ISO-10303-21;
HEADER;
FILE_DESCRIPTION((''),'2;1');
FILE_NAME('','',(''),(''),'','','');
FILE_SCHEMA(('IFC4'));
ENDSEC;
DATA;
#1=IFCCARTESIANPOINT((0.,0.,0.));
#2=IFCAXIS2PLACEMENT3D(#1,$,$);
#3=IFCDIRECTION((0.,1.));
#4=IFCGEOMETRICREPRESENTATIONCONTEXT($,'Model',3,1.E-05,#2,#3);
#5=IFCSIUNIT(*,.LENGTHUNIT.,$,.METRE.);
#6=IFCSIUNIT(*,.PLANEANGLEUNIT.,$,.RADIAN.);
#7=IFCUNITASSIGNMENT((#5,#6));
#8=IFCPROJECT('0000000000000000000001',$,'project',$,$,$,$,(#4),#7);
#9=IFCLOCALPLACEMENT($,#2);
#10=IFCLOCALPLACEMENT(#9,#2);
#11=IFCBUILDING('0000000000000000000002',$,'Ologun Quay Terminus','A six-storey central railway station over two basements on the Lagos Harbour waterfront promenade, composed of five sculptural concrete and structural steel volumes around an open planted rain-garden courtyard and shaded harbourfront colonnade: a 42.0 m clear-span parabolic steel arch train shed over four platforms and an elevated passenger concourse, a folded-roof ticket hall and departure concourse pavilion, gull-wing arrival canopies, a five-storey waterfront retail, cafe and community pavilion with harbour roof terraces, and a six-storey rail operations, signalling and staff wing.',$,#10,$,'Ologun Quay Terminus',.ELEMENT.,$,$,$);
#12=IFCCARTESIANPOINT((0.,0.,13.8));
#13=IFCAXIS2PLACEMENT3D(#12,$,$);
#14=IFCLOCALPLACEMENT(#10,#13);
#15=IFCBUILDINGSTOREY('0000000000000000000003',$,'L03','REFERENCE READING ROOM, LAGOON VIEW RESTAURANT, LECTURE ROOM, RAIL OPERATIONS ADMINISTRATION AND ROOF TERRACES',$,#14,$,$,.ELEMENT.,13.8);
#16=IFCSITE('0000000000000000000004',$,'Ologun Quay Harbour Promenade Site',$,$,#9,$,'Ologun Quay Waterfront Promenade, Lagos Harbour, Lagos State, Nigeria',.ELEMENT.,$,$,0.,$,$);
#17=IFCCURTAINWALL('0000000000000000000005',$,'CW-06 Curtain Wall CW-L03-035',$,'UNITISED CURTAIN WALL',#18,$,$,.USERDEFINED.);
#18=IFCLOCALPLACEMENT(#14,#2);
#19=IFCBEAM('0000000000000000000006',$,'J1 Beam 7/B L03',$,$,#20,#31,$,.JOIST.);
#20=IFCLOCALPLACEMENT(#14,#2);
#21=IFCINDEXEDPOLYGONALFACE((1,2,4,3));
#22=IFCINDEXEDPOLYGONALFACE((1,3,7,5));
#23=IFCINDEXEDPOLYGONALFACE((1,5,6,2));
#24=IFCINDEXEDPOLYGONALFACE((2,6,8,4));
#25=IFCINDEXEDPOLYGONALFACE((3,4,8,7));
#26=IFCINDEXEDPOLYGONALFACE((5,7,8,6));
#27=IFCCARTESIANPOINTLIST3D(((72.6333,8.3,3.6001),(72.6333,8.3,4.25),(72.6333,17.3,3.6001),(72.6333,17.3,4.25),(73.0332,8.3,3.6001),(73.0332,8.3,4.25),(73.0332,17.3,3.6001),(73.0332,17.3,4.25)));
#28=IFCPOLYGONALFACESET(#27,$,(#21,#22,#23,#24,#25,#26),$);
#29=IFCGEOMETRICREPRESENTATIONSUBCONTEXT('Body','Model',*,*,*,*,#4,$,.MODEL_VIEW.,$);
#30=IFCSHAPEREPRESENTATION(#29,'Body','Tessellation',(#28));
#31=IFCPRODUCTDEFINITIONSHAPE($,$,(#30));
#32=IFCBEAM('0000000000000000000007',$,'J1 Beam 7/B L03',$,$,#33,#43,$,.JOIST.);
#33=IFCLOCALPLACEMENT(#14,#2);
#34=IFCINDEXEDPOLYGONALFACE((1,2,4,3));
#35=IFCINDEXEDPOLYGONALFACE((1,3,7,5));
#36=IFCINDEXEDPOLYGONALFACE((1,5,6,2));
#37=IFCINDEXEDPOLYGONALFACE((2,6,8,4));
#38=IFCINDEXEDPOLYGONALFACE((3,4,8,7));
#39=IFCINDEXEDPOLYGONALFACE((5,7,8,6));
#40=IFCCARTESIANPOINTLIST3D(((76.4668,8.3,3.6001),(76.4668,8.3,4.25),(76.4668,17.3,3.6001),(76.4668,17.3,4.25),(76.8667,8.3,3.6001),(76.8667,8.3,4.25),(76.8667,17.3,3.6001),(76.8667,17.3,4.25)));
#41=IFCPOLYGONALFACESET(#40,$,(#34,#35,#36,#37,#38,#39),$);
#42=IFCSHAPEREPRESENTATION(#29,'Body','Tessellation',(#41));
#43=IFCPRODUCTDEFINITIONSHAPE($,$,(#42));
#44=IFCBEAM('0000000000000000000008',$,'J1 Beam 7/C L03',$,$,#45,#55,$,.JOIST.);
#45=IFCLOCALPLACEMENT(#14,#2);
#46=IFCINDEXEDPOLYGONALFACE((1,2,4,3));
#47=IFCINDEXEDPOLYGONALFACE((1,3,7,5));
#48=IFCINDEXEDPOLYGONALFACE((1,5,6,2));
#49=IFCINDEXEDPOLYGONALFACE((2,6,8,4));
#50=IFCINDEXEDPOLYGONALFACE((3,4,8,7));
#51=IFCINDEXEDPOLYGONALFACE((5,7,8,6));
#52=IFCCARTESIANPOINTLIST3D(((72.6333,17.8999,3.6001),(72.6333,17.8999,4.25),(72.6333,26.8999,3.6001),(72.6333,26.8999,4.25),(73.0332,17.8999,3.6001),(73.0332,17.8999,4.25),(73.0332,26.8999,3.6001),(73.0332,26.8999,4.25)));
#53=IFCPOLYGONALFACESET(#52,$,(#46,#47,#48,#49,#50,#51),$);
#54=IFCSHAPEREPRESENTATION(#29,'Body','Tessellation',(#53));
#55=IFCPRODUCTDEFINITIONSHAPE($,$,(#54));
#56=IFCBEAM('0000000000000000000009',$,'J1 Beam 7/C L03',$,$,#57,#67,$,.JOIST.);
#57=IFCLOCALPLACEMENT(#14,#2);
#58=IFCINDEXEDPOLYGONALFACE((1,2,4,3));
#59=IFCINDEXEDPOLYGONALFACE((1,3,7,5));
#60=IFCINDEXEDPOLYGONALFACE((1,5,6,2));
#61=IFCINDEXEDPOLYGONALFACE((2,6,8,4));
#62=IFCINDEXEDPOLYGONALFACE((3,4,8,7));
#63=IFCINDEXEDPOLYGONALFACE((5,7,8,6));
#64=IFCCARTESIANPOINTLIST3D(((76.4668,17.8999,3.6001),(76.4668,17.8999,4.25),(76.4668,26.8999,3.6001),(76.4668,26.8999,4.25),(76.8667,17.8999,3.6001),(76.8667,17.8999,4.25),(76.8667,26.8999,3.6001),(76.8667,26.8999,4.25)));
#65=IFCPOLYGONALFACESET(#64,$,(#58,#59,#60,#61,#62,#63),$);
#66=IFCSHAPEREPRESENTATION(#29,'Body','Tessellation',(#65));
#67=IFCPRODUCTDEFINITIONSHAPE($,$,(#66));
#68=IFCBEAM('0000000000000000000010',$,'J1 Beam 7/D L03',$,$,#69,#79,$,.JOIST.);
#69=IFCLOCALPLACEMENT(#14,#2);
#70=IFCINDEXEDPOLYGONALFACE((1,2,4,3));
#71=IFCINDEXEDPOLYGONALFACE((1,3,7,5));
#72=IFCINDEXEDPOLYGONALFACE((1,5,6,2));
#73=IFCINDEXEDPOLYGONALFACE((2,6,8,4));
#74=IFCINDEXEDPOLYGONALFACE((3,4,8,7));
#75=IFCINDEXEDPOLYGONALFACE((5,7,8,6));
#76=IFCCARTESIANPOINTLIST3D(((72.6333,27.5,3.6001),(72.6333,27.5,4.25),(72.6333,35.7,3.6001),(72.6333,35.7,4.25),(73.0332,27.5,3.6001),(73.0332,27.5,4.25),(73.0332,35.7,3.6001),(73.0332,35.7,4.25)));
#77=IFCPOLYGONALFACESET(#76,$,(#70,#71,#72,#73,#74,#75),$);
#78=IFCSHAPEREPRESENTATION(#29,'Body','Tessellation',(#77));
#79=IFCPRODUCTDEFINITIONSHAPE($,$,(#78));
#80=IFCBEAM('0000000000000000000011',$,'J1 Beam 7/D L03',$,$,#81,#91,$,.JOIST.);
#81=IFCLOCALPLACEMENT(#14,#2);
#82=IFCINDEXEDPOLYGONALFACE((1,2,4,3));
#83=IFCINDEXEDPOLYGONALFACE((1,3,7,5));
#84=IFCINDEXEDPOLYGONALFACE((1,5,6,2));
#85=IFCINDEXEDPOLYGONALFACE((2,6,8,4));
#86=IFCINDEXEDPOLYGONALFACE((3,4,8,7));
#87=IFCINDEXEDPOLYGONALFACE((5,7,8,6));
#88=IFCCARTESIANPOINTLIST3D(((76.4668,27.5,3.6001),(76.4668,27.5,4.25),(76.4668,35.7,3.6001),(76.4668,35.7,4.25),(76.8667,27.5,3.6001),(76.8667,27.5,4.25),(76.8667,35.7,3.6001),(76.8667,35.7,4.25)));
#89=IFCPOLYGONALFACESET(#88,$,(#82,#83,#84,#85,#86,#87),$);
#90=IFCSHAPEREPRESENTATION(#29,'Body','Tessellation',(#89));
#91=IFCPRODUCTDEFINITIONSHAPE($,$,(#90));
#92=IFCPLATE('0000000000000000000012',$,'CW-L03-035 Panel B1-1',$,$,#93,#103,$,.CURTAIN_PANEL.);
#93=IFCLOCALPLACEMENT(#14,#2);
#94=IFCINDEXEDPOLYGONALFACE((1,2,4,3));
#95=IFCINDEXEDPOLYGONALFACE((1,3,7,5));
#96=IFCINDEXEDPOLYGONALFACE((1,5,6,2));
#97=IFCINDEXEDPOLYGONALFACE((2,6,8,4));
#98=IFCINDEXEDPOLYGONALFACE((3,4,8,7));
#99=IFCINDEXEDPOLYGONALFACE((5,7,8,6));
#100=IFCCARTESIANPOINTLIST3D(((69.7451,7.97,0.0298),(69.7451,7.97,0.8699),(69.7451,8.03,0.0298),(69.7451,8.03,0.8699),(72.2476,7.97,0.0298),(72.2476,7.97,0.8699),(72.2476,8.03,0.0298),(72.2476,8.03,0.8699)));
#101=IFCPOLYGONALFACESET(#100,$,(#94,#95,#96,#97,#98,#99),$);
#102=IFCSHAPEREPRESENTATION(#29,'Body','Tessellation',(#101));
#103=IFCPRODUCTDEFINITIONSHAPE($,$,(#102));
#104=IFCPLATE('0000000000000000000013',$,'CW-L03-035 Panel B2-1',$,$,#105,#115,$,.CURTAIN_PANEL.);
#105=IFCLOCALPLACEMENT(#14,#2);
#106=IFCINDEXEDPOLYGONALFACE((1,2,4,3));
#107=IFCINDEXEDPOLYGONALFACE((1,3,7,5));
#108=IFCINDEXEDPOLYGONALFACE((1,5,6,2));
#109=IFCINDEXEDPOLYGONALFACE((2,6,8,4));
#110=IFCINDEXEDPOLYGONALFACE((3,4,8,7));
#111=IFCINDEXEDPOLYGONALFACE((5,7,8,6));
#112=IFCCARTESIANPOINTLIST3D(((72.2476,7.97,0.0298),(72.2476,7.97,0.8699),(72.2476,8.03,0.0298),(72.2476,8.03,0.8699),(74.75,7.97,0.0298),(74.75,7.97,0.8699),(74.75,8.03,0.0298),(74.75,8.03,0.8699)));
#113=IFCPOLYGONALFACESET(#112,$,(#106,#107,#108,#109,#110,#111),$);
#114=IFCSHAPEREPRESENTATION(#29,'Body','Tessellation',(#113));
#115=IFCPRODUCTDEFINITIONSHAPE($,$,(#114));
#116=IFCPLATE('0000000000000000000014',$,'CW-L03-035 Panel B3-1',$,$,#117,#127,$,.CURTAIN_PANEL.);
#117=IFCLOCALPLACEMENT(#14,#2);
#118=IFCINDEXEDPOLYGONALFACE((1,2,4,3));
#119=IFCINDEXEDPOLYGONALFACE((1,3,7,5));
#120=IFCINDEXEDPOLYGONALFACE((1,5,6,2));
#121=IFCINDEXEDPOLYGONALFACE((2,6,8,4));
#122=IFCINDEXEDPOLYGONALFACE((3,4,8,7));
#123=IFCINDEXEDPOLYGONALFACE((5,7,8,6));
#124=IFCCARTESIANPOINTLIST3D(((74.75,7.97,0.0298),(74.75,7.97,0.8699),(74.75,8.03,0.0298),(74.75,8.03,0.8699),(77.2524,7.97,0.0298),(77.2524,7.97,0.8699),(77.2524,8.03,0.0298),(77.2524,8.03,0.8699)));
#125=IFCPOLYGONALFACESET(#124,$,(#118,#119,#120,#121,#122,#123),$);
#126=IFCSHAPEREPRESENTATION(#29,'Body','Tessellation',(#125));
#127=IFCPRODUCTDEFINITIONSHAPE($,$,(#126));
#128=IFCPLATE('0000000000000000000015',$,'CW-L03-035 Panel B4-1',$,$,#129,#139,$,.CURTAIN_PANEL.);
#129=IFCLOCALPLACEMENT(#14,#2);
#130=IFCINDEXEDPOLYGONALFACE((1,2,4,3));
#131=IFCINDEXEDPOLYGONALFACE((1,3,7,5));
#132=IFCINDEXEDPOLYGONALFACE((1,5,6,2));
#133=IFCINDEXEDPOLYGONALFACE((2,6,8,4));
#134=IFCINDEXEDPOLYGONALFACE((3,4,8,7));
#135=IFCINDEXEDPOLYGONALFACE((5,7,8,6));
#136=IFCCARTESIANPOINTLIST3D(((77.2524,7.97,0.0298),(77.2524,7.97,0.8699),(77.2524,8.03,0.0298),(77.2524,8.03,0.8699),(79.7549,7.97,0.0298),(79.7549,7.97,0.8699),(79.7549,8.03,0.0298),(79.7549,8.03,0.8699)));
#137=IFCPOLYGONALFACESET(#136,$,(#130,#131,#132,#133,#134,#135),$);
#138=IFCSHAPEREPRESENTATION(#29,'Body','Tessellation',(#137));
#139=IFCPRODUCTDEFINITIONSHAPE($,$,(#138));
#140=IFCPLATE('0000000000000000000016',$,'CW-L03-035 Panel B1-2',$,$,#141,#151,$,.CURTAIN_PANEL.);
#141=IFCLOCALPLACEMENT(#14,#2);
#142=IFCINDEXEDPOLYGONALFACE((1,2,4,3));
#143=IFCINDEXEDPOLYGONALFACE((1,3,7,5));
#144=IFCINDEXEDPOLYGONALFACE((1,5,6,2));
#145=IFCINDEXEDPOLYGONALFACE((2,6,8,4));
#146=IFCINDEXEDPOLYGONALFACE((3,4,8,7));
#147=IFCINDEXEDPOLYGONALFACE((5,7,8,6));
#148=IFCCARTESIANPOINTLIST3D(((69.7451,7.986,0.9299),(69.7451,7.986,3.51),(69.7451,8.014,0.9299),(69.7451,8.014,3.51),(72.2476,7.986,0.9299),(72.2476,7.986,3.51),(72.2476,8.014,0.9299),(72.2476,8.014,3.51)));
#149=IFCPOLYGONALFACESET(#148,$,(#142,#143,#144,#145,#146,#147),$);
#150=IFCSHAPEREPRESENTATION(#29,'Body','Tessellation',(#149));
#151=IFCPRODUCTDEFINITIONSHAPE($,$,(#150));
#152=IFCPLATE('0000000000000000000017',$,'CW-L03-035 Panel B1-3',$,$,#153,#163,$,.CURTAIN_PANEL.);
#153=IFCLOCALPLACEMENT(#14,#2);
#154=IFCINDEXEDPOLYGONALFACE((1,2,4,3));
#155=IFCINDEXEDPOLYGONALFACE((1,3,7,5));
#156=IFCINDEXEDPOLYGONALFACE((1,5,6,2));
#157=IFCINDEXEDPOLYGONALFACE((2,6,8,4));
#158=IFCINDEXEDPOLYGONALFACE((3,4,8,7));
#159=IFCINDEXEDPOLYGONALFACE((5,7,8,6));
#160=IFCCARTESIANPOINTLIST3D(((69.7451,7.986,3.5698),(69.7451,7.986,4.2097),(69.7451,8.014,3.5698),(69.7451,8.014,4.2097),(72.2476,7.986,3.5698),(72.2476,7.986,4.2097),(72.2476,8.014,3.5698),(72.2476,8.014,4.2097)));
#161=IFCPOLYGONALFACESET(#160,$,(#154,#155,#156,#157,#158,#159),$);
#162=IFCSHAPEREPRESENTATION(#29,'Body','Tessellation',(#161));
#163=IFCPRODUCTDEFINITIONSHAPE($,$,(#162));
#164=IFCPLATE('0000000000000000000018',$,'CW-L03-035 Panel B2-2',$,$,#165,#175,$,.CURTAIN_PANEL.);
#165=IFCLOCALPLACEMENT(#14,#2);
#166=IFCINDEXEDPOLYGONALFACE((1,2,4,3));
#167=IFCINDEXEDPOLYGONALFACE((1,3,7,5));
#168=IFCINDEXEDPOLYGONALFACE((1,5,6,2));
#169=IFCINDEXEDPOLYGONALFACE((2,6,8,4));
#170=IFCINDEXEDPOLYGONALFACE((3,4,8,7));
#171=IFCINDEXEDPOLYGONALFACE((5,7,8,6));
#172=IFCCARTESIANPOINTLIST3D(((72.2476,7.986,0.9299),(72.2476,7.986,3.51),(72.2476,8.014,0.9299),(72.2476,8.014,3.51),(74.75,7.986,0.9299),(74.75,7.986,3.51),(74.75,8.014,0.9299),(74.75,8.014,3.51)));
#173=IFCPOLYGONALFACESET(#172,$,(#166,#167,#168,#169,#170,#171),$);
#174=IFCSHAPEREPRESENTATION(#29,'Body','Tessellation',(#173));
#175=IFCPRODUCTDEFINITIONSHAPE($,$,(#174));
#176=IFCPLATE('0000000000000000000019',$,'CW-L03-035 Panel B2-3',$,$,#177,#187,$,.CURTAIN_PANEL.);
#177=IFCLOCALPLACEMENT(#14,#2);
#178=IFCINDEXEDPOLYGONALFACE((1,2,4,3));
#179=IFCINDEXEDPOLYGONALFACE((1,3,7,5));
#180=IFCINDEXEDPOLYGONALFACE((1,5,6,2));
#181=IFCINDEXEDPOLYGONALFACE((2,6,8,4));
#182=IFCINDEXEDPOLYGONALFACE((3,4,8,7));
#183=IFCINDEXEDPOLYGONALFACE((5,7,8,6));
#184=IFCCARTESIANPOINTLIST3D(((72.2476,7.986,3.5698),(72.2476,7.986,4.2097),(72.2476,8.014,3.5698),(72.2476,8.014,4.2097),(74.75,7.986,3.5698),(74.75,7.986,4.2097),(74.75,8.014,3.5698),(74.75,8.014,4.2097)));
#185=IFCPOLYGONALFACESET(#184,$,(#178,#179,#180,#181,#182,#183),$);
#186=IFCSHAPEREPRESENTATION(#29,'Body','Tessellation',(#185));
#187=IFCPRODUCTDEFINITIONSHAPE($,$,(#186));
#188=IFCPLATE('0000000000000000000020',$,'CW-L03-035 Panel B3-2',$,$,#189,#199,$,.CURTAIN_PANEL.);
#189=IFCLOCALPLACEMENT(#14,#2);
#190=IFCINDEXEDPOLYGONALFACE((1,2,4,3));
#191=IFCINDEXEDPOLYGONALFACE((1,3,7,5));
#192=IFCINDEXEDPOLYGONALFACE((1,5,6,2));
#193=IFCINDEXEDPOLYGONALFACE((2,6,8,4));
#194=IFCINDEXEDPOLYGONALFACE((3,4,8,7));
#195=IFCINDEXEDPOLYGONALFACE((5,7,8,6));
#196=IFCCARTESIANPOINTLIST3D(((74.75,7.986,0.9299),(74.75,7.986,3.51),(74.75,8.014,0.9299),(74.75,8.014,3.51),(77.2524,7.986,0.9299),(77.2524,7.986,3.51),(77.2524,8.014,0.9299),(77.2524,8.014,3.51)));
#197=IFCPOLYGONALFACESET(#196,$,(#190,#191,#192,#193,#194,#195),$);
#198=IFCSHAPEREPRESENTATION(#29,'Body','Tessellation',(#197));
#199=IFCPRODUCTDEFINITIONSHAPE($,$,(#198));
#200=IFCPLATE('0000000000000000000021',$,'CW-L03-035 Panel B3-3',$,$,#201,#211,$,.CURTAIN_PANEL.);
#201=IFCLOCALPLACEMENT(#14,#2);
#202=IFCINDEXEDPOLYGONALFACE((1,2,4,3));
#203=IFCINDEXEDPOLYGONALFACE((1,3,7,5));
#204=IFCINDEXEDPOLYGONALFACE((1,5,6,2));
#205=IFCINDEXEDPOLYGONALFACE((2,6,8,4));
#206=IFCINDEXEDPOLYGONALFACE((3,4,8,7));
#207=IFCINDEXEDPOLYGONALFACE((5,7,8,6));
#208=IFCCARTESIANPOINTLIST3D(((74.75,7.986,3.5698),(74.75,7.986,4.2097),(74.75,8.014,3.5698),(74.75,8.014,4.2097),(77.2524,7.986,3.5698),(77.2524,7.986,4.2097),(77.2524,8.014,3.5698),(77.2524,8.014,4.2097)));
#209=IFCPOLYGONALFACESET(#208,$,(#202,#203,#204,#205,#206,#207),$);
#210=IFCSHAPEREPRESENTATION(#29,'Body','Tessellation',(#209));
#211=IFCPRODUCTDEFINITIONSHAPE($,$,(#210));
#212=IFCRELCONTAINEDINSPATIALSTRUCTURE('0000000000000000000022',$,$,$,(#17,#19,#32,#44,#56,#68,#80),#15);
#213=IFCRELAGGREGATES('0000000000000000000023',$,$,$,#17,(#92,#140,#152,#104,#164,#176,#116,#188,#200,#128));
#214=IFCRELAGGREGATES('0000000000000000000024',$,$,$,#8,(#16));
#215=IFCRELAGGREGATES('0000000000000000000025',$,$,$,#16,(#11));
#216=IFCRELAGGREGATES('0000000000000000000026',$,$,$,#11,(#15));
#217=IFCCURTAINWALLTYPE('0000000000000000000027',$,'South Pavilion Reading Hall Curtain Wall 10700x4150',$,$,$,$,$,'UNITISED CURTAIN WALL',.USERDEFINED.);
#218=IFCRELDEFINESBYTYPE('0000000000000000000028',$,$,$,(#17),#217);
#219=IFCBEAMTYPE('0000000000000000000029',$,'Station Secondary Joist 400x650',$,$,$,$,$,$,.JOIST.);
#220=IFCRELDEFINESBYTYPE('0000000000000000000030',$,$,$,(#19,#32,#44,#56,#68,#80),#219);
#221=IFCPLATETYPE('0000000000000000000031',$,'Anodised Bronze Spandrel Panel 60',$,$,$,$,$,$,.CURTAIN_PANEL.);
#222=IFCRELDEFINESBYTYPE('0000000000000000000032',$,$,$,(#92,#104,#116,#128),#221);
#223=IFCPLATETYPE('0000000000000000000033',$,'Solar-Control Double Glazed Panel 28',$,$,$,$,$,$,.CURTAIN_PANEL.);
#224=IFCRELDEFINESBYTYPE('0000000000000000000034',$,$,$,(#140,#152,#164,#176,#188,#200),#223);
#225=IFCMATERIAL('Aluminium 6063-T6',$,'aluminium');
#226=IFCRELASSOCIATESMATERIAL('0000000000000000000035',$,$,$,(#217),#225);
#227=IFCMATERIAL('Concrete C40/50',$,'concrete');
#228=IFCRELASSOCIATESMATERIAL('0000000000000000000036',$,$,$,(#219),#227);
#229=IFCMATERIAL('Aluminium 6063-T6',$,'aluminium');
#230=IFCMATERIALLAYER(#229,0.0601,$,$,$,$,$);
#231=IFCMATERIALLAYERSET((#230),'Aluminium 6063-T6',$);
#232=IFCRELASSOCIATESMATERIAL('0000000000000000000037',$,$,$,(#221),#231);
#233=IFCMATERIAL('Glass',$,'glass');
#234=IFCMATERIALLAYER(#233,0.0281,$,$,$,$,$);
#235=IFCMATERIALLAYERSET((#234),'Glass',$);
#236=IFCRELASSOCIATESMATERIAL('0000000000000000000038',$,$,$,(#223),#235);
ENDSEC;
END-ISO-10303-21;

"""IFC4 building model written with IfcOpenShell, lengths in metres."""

from ifc_helpers import new_model, si_unit, direction, frame, origin, origin_2d, place, context, subcontext, project, spatial, rectangle, extrude, material, layer, layer_set, material_profile, profile_set, type_object, element, aggregate, save


model = new_model("IFC4")

# Units and contexts
model_context = context("Model", 3, precision=1e-05, world=origin(), true_north=direction((0.0, 1.0)))
body_context = subcontext(model_context, "Body", "Model", "MODEL_VIEW")
ifc_project = project(units=[si_unit("LENGTHUNIT", "METRE"), si_unit("PLANEANGLEUNIT", "RADIAN")], contexts=[model_context])

# Site, building, storey
site_placement = place(None, origin())
site = spatial("IfcSite", under=ifc_project, at=site_placement, Name="Ologun Quay Harbour Promenade Site", LongName="Ologun Quay Waterfront Promenade, Lagos Harbour, Lagos State, Nigeria", CompositionType="ELEMENT", RefElevation=0.0)
building_placement = place(site_placement, origin())
building = spatial("IfcBuilding", under=site, at=building_placement, Name="Ologun Quay Terminus", Description="A six-storey central railway station over two basements on the Lagos Harbour waterfront promenade, composed of five sculptural concrete and structural steel volumes around an open planted rain-garden courtyard and shaded harbourfront colonnade: a 42.0 m clear-span parabolic steel arch train shed over four platforms and an elevated passenger concourse, a folded-roof ticket hall and departure concourse pavilion, gull-wing arrival canopies, a five-storey waterfront retail, cafe and community pavilion with harbour roof terraces, and a six-storey rail operations, signalling and staff wing.", LongName="Ologun Quay Terminus", CompositionType="ELEMENT")
storey_placement = place(building_placement, frame((0.0, 0.0, 13.8)))
storey = spatial("IfcBuildingStorey", under=building, at=storey_placement, Name="L03", Description="REFERENCE READING ROOM, LAGOON VIEW RESTAURANT, LECTURE ROOM, RAIL OPERATIONS ADMINISTRATION AND ROOF TERRACES", CompositionType="ELEMENT", Elevation=13.8)

# Curtain wall
ifc_material_1 = material(Name="Aluminium 6063-T6", Category="aluminium")
curtain_wall_type = type_object("IfcCurtainWallType", Name="South Pavilion Reading Hall Curtain Wall 10700x4150", ElementType="UNITISED CURTAIN WALL", PredefinedType="USERDEFINED", material=ifc_material_1)
curtain_wall_placement = place(storey_placement, origin())
curtain_wall = element("IfcCurtainWall", 1, at=curtain_wall_placement, inside=storey, type_object=curtain_wall_type, Name="CW-06 Curtain Wall CW-L03-035", ObjectType="UNITISED CURTAIN WALL", PredefinedType="USERDEFINED")

# Beams
ifc_material_2 = material(Name="Concrete C40/50", Category="concrete")
ifc_material_profile_1 = material_profile(ifc_material_2, rectangle(XDim=0.3999, YDim=0.6499, at=origin_2d()), Name="RC 400x650")
ifc_profile_set_1 = profile_set([ifc_material_profile_1], Name="Concrete C40/50")
beam_type_1 = type_object("IfcBeamType", Name="Station Secondary Joist 400x650", PredefinedType="JOIST", material=ifc_profile_set_1)
for number, where, z_axis, x_axis, name in (
    (2, (72.8333, 8.3, 3.925), (0.0, 1.0, 0.0), (-1.0, 0.0, 0.0), "J1 Beam 7/B L03"),
    (3, (76.6667, 8.3, 3.925), (0.0, 1.0, 0.0), (-1.0, 0.0, 0.0), "J1 Beam 7/B L03"),
    (4, (72.8333, 17.8999, 3.925), (0.0, 1.0, 0.0), (-1.0, 0.0, 0.0), "J1 Beam 7/C L03"),
    (5, (76.6667, 17.8999, 3.925), (0.0, 1.0, 0.0), (-1.0, 0.0, 0.0), "J1 Beam 7/C L03"),
):
    element("IfcBeam", number, at=place(storey_placement, frame(where, z_axis=z_axis, x_axis=x_axis)), inside=storey, type_object=beam_type_1, Name=name, PredefinedType="JOIST", context=body_context, shape_type="SweptSolid", body=[
        extrude(rectangle(XDim=0.3999, YDim=0.6499, at=origin_2d()), origin(), (0.0, 0.0, 1.0), 9.0),
    ])
for number, where, z_axis, x_axis, name in (
    (6, (72.8333, 27.5, 3.925), (0.0, 1.0, 0.0), (-1.0, 0.0, 0.0), "J1 Beam 7/D L03"),
    (7, (76.6667, 27.5, 3.925), (0.0, 1.0, 0.0), (-1.0, 0.0, 0.0), "J1 Beam 7/D L03"),
):
    element("IfcBeam", number, at=place(storey_placement, frame(where, z_axis=z_axis, x_axis=x_axis)), inside=storey, type_object=beam_type_1, Name=name, PredefinedType="JOIST", context=body_context, shape_type="SweptSolid", body=[
        extrude(rectangle(XDim=0.3999, YDim=0.6499, at=origin_2d()), origin(), (0.0, 0.0, 1.0), 8.2),
    ])

# Plates
ifc_material_3 = material(Name="Aluminium 6063-T6", Category="aluminium")
ifc_layer_1 = layer(ifc_material_3, 0.0601)
ifc_layer_set_1 = layer_set([ifc_layer_1], Name="Aluminium 6063-T6")
plate_type_1 = type_object("IfcPlateType", Name="Anodised Bronze Spandrel Panel 60", PredefinedType="CURTAIN_PANEL", material=ifc_layer_set_1)
plate_1_placement = place(storey_placement, frame((70.9963, 8.0, 0.0298), z_axis=(0.0, 0.0, 1.0), x_axis=(1.0, 0.0, 0.0)))
plate_1 = element("IfcPlate", 8, at=plate_1_placement, type_object=plate_type_1, Name="CW-L03-035 Panel B1-1", PredefinedType="CURTAIN_PANEL", context=body_context, shape_type="SweptSolid", body=[
    extrude(rectangle(XDim=2.5024, YDim=0.0601, at=origin_2d()), origin(), (0.0, 0.0, 1.0), 0.8401),
])
plate_2_placement = place(storey_placement, frame((73.4988, 8.0, 0.0298), z_axis=(0.0, 0.0, 1.0), x_axis=(1.0, 0.0, 0.0)))
plate_2 = element("IfcPlate", 9, at=plate_2_placement, type_object=plate_type_1, Name="CW-L03-035 Panel B2-1", PredefinedType="CURTAIN_PANEL", context=body_context, shape_type="SweptSolid", body=[
    extrude(rectangle(XDim=2.5024, YDim=0.0601, at=origin_2d()), origin(), (0.0, 0.0, 1.0), 0.8401),
])
plate_3_placement = place(storey_placement, frame((76.0012, 8.0, 0.0298), z_axis=(0.0, 0.0, 1.0), x_axis=(1.0, 0.0, 0.0)))
plate_3 = element("IfcPlate", 10, at=plate_3_placement, type_object=plate_type_1, Name="CW-L03-035 Panel B3-1", PredefinedType="CURTAIN_PANEL", context=body_context, shape_type="SweptSolid", body=[
    extrude(rectangle(XDim=2.5024, YDim=0.0601, at=origin_2d()), origin(), (0.0, 0.0, 1.0), 0.8401),
])
plate_4_placement = place(storey_placement, frame((78.5037, 8.0, 0.0298), z_axis=(0.0, 0.0, 1.0), x_axis=(1.0, 0.0, 0.0)))
plate_4 = element("IfcPlate", 11, at=plate_4_placement, type_object=plate_type_1, Name="CW-L03-035 Panel B4-1", PredefinedType="CURTAIN_PANEL", context=body_context, shape_type="SweptSolid", body=[
    extrude(rectangle(XDim=2.5024, YDim=0.0601, at=origin_2d()), origin(), (0.0, 0.0, 1.0), 0.8401),
])
ifc_material_4 = material(Name="Glass", Category="glass")
ifc_layer_2 = layer(ifc_material_4, 0.0281)
ifc_layer_set_2 = layer_set([ifc_layer_2], Name="Glass")
plate_type_2 = type_object("IfcPlateType", Name="Solar-Control Double Glazed Panel 28", PredefinedType="CURTAIN_PANEL", material=ifc_layer_set_2)
plate_5_placement = place(storey_placement, frame((70.9963, 8.0, 0.9299), z_axis=(0.0, 0.0, 1.0), x_axis=(1.0, 0.0, 0.0)))
plate_5 = element("IfcPlate", 12, at=plate_5_placement, type_object=plate_type_2, Name="CW-L03-035 Panel B1-2", PredefinedType="CURTAIN_PANEL", context=body_context, shape_type="SweptSolid", body=[
    extrude(rectangle(XDim=2.5024, YDim=0.0281, at=origin_2d()), origin(), (0.0, 0.0, 1.0), 2.5801),
])
plate_6_placement = place(storey_placement, frame((70.9963, 8.0, 3.5698), z_axis=(0.0, 0.0, 1.0), x_axis=(1.0, 0.0, 0.0)))
plate_6 = element("IfcPlate", 13, at=plate_6_placement, type_object=plate_type_2, Name="CW-L03-035 Panel B1-3", PredefinedType="CURTAIN_PANEL", context=body_context, shape_type="SweptSolid", body=[
    extrude(rectangle(XDim=2.5024, YDim=0.0281, at=origin_2d()), origin(), (0.0, 0.0, 1.0), 0.6399),
])
plate_7_placement = place(storey_placement, frame((73.4988, 8.0, 0.9299), z_axis=(0.0, 0.0, 1.0), x_axis=(1.0, 0.0, 0.0)))
plate_7 = element("IfcPlate", 14, at=plate_7_placement, type_object=plate_type_2, Name="CW-L03-035 Panel B2-2", PredefinedType="CURTAIN_PANEL", context=body_context, shape_type="SweptSolid", body=[
    extrude(rectangle(XDim=2.5024, YDim=0.0281, at=origin_2d()), origin(), (0.0, 0.0, 1.0), 2.5801),
])
plate_8_placement = place(storey_placement, frame((73.4988, 8.0, 3.5698), z_axis=(0.0, 0.0, 1.0), x_axis=(1.0, 0.0, 0.0)))
plate_8 = element("IfcPlate", 15, at=plate_8_placement, type_object=plate_type_2, Name="CW-L03-035 Panel B2-3", PredefinedType="CURTAIN_PANEL", context=body_context, shape_type="SweptSolid", body=[
    extrude(rectangle(XDim=2.5024, YDim=0.0281, at=origin_2d()), origin(), (0.0, 0.0, 1.0), 0.6399),
])
plate_9_placement = place(storey_placement, frame((76.0012, 8.0, 0.9299), z_axis=(0.0, 0.0, 1.0), x_axis=(1.0, 0.0, 0.0)))
plate_9 = element("IfcPlate", 16, at=plate_9_placement, type_object=plate_type_2, Name="CW-L03-035 Panel B3-2", PredefinedType="CURTAIN_PANEL", context=body_context, shape_type="SweptSolid", body=[
    extrude(rectangle(XDim=2.5024, YDim=0.0281, at=origin_2d()), origin(), (0.0, 0.0, 1.0), 2.5801),
])
plate_10_placement = place(storey_placement, frame((76.0012, 8.0, 3.5698), z_axis=(0.0, 0.0, 1.0), x_axis=(1.0, 0.0, 0.0)))
plate_10 = element("IfcPlate", 17, at=plate_10_placement, type_object=plate_type_2, Name="CW-L03-035 Panel B3-3", PredefinedType="CURTAIN_PANEL", context=body_context, shape_type="SweptSolid", body=[
    extrude(rectangle(XDim=2.5024, YDim=0.0281, at=origin_2d()), origin(), (0.0, 0.0, 1.0), 0.6399),
])
aggregate(curtain_wall, [plate_1, plate_5, plate_6, plate_2, plate_7, plate_8, plate_3, plate_9, plate_10, plate_4])

save(model, "model.ifc")
